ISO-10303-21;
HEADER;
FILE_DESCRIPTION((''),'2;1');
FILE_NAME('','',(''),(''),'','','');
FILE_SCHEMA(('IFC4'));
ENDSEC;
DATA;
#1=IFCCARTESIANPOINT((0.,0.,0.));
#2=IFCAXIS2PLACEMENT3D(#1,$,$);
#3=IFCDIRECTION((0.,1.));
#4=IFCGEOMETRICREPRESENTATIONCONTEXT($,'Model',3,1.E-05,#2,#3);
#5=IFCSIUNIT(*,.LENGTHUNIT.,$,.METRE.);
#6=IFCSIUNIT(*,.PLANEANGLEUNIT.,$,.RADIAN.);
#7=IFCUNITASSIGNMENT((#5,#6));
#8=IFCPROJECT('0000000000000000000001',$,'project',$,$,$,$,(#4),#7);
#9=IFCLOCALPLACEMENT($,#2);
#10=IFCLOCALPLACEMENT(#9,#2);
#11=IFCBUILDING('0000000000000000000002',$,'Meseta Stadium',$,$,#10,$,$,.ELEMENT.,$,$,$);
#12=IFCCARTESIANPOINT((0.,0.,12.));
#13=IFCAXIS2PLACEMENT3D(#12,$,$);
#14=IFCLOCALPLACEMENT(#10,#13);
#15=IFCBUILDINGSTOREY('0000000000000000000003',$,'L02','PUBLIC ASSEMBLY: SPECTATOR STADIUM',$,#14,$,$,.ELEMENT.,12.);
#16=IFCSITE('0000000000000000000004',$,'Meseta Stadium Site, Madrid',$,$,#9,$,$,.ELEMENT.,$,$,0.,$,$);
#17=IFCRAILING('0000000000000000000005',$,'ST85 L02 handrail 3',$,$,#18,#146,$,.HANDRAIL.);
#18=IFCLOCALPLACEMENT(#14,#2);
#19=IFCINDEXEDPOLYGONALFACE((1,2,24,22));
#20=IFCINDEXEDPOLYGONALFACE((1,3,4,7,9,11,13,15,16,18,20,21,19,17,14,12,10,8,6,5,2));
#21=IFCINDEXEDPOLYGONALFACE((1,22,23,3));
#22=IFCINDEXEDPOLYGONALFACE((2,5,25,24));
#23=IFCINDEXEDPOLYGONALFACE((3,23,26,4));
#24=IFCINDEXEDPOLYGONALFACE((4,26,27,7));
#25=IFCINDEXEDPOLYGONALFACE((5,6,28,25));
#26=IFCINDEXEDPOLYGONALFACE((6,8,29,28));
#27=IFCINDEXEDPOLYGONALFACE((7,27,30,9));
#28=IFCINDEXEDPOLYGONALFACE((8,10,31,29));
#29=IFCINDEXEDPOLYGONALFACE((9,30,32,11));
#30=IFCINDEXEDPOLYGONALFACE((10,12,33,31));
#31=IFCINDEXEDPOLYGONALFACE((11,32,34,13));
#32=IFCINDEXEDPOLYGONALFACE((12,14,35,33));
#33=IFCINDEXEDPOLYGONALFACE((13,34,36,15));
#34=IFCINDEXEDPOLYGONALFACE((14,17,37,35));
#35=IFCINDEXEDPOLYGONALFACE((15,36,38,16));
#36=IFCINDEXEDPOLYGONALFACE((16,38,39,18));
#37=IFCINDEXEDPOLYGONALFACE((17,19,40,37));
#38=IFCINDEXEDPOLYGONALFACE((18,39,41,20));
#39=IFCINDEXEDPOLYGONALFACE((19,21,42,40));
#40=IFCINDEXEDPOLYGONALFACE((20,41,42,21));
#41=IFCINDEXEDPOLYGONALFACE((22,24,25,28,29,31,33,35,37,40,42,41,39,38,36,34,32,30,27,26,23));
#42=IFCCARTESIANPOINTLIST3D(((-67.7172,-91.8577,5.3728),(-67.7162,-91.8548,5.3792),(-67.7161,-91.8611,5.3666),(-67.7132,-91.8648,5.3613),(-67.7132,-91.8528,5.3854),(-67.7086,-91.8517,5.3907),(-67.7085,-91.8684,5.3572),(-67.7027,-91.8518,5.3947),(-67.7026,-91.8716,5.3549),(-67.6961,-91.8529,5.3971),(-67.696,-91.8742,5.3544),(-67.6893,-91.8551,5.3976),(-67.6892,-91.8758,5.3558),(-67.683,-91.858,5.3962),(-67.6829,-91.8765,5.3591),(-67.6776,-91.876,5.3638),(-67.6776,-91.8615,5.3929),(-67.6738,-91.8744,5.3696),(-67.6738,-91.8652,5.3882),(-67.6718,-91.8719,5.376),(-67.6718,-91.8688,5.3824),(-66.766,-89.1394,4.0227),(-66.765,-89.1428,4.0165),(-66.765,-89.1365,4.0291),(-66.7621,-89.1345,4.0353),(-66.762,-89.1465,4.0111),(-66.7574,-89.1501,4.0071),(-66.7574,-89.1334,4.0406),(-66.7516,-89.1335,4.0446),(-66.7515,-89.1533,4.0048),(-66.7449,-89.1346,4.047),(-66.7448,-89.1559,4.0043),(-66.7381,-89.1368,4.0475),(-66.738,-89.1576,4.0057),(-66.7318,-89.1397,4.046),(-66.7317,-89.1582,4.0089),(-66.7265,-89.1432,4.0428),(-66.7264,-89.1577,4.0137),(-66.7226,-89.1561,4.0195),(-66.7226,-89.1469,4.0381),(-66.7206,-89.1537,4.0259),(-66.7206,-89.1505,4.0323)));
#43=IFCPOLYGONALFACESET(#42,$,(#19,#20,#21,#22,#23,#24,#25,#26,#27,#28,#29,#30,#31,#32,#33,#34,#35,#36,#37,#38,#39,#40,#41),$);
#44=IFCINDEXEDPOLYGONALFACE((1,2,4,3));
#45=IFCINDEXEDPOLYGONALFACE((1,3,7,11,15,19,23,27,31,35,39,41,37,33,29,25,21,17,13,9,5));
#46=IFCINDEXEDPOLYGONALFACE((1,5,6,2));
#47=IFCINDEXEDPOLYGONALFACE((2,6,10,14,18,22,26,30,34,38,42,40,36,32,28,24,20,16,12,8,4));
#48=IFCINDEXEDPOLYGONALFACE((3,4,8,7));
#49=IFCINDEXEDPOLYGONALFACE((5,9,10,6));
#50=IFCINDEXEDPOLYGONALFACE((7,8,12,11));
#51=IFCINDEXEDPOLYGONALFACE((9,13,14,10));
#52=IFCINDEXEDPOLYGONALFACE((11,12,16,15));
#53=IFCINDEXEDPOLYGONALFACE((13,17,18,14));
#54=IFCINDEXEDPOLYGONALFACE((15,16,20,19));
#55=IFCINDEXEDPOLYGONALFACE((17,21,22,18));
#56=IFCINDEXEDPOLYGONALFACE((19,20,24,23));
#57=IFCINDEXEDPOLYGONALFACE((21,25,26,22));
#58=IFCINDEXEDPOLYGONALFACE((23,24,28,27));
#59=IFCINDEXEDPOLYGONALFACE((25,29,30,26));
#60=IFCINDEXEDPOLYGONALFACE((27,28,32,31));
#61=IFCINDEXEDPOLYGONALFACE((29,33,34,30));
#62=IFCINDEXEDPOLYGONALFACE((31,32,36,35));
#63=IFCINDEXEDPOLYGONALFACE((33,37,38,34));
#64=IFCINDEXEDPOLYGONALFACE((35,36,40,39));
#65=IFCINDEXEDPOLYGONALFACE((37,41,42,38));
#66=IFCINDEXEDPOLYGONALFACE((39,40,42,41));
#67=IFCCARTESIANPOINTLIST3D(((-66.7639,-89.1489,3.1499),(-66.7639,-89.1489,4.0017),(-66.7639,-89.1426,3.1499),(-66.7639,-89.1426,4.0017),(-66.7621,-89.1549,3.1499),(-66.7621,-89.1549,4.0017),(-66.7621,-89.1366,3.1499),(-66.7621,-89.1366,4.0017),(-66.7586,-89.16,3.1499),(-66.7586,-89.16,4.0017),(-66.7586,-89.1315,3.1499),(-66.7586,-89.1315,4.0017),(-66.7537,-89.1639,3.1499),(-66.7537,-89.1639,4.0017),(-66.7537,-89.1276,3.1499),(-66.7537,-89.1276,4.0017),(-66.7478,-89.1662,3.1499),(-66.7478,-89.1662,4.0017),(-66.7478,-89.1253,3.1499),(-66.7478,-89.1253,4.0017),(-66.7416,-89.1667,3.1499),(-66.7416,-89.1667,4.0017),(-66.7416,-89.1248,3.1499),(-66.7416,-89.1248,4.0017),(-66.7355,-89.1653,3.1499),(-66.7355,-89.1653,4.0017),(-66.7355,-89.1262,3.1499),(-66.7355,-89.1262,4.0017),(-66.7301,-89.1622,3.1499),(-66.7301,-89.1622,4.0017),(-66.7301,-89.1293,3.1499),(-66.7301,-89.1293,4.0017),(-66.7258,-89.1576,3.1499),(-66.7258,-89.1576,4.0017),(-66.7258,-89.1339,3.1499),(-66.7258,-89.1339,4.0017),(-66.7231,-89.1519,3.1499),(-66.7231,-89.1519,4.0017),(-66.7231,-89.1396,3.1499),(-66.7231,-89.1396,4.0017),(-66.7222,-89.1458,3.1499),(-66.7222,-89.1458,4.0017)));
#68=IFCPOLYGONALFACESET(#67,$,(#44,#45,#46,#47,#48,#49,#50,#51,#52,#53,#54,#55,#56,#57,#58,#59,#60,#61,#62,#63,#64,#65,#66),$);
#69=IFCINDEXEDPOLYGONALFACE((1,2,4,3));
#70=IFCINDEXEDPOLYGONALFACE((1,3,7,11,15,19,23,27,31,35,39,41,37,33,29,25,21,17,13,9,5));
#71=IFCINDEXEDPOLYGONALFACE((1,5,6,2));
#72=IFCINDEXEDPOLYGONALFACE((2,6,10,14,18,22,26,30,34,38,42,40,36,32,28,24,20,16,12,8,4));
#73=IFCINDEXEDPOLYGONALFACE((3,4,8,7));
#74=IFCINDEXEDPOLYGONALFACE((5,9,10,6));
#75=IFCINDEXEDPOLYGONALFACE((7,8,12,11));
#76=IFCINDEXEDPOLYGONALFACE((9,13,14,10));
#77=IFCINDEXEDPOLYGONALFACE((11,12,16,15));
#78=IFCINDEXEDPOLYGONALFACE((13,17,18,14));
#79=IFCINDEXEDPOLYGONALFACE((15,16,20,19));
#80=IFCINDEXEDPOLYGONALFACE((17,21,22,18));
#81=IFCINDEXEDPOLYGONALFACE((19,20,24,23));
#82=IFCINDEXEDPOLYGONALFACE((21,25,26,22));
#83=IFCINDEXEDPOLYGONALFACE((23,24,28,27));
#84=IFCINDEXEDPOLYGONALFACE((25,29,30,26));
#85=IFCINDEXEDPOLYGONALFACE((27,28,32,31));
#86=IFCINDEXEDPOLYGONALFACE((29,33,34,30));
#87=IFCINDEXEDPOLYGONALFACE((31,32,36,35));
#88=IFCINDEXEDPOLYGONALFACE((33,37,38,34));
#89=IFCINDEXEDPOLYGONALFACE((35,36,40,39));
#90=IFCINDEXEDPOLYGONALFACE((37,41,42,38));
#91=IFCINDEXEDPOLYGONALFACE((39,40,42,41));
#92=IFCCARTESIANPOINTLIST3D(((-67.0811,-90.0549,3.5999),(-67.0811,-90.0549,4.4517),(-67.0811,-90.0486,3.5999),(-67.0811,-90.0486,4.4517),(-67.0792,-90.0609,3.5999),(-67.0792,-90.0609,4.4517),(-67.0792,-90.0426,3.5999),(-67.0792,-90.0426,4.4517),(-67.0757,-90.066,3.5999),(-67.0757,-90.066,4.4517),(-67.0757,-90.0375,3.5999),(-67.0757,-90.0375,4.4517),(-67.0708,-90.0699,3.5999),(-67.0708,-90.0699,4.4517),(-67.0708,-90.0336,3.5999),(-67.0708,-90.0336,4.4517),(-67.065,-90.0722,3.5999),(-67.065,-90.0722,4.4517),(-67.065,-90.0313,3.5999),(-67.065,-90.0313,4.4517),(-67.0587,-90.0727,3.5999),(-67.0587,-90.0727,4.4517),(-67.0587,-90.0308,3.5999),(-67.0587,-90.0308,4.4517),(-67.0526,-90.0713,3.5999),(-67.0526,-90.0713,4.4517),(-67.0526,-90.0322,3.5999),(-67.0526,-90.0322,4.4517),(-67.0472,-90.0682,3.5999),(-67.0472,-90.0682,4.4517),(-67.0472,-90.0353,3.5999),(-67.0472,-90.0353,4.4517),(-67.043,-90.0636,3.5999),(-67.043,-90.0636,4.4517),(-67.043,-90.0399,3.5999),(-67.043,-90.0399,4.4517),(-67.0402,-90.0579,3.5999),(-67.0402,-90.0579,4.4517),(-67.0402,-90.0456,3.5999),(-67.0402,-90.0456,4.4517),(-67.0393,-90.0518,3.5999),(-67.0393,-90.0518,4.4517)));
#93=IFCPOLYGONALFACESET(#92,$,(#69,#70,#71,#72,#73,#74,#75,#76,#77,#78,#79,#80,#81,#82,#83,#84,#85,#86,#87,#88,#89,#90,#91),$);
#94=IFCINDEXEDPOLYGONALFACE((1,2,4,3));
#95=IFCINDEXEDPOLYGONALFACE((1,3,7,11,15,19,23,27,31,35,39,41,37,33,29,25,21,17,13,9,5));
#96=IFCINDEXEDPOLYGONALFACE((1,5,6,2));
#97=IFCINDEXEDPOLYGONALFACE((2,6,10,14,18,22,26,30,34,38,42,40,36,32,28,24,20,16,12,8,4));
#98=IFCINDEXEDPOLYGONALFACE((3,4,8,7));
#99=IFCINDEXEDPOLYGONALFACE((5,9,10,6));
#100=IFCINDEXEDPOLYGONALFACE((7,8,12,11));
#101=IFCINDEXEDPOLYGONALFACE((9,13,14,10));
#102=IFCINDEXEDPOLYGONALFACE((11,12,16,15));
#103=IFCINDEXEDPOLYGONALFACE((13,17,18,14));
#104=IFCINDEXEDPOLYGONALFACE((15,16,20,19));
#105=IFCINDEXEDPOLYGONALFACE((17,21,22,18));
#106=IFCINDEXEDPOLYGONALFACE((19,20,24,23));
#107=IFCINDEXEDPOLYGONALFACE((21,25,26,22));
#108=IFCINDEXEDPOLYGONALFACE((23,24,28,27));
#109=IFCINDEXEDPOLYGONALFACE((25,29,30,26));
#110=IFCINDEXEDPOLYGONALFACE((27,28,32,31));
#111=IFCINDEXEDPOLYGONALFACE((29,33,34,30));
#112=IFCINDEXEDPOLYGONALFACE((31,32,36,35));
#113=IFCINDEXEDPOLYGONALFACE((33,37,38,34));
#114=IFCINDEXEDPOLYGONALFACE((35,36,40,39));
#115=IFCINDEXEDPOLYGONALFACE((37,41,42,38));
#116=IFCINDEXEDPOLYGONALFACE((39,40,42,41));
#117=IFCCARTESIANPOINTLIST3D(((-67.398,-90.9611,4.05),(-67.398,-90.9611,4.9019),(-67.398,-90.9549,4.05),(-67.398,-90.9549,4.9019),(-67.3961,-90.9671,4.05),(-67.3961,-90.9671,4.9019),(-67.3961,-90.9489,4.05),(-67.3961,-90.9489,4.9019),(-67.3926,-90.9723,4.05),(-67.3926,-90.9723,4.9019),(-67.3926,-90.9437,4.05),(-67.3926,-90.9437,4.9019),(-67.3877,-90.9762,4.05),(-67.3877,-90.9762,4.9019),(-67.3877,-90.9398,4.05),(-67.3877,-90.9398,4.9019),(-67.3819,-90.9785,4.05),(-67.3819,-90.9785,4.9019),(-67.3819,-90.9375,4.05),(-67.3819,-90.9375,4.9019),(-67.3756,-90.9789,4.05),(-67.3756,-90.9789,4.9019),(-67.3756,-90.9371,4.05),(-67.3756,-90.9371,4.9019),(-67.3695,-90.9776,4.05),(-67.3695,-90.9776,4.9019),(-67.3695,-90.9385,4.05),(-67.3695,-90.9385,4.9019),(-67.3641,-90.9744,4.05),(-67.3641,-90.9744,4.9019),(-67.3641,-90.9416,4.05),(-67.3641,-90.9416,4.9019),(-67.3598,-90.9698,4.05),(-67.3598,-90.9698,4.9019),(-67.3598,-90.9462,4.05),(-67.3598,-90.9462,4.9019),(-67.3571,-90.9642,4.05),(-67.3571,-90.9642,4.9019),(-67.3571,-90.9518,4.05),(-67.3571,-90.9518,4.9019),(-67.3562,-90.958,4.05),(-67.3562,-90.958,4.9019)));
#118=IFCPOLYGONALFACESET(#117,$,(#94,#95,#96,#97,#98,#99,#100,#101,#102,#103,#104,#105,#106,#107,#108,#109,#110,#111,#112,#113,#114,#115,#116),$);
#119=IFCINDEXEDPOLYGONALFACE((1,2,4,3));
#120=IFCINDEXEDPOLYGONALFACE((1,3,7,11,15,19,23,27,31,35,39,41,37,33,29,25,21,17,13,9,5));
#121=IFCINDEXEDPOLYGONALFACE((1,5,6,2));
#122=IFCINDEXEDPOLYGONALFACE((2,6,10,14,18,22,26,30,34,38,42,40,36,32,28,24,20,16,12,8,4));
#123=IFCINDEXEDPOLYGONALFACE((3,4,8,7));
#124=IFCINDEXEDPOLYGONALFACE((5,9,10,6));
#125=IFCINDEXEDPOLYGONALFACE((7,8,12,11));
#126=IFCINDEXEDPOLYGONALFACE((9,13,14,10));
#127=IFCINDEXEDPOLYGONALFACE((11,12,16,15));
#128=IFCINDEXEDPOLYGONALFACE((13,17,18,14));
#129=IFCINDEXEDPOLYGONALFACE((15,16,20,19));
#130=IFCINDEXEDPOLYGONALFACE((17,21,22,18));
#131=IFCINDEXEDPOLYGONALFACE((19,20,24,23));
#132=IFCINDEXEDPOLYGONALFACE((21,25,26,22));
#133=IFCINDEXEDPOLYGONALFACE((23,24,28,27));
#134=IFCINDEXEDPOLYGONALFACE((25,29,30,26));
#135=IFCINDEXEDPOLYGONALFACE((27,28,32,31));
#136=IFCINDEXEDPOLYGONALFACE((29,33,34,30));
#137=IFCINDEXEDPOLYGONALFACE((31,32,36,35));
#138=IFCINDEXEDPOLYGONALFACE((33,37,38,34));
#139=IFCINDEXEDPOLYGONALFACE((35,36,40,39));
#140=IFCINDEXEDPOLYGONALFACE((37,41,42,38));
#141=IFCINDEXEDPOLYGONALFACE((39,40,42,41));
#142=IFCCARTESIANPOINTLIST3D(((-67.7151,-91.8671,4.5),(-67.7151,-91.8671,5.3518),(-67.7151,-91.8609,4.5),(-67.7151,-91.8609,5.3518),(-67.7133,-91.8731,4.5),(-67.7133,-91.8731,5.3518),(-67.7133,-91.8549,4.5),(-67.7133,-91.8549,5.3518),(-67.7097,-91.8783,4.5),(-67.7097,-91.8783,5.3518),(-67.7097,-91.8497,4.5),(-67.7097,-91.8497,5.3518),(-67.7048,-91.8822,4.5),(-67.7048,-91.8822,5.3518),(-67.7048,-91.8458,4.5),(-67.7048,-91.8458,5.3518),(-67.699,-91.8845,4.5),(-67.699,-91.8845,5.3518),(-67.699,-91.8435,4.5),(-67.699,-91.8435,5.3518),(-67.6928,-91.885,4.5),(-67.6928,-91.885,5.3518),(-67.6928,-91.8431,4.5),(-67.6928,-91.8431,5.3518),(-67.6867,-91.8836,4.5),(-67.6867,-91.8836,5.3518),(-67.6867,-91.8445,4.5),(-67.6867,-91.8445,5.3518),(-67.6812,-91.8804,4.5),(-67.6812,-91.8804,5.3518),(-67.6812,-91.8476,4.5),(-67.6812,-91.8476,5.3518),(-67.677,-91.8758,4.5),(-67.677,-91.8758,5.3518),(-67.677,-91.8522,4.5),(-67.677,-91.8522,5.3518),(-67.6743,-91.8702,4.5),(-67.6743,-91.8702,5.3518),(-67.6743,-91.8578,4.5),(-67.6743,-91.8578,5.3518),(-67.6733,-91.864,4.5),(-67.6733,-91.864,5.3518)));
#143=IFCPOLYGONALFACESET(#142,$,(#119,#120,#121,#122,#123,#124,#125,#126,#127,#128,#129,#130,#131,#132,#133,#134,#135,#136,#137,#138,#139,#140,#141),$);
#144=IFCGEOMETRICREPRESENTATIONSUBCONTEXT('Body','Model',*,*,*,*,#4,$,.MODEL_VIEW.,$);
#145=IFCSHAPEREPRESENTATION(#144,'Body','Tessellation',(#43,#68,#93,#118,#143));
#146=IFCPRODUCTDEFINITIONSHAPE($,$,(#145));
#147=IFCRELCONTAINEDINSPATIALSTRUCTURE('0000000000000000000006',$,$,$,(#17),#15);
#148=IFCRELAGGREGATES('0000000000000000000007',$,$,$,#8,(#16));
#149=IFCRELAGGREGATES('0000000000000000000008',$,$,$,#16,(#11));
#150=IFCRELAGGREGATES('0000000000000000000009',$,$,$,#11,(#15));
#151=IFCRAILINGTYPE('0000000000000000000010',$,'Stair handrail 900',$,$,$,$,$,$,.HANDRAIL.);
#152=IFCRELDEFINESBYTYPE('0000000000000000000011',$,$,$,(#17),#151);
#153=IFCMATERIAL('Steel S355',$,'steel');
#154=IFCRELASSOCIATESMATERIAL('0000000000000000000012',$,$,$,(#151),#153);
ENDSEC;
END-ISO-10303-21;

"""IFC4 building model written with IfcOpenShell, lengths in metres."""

from ifc_helpers import new_model, si_unit, direction, frame, origin, origin_2d, place, context, subcontext, project, spatial, circle, extrude, material, type_object, element, save


model = new_model("IFC4")

# Units and contexts
model_context = context("Model", 3, precision=1e-05, world=origin(), true_north=direction((0.0, 1.0)))
body_context = subcontext(model_context, "Body", "Model", "MODEL_VIEW")
ifc_project = project(units=[si_unit("LENGTHUNIT", "METRE"), si_unit("PLANEANGLEUNIT", "RADIAN")], contexts=[model_context])

# Site, building, storey
site_placement = place(None, origin())
site = spatial("IfcSite", under=ifc_project, at=site_placement, Name="Meseta Stadium Site, Madrid", CompositionType="ELEMENT", RefElevation=0.0)
building_placement = place(site_placement, origin())
building = spatial("IfcBuilding", under=site, at=building_placement, Name="Meseta Stadium", CompositionType="ELEMENT")
storey_placement = place(building_placement, frame((0.0, 0.0, 12.0)))
storey = spatial("IfcBuildingStorey", under=building, at=storey_placement, Name="L02", Description="PUBLIC ASSEMBLY: SPECTATOR STADIUM", CompositionType="ELEMENT", Elevation=12.0)

# Railing
ifc_material_1 = material(Name="Steel S355", Category="steel")
railing_type_1 = type_object("IfcRailingType", Name="Stair handrail 900", PredefinedType="HANDRAIL", material=ifc_material_1)
for number, where, name in (
    (1, (-66.7432, -89.1458, 3.1499), "ST85 L02 handrail 3"),
):
    element("IfcRailing", number, at=place(storey_placement, frame(where)), inside=storey, type_object=railing_type_1, Name=name, PredefinedType="HANDRAIL", context=body_context, shape_type="SweptSolid", body=[
        extrude(circle(Radius=0.0239, at=origin_2d()), frame((0.0, 0.0, 0.876), z_axis=(-0.299051, -0.854629, 0.424474), x_axis=(0.943882, -0.330282, 0.0)), (0.0, 0.0, 1.0), 3.1807),
        extrude(circle(Radius=0.021, at=origin_2d()), origin(), (0.0, 0.0, 1.0), 0.8518),
        extrude(circle(Radius=0.021, at=origin_2d()), frame((-0.3171, -0.906, 0.45)), (0.0, 0.0, 1.0), 0.8518),
        extrude(circle(Radius=0.021, at=origin_2d()), frame((-0.634, -1.8123, 0.9001)), (0.0, 0.0, 1.0), 0.8518),
        extrude(circle(Radius=0.021, at=origin_2d()), frame((-0.9512, -2.7183, 1.3501)), (0.0, 0.0, 1.0), 0.8518),
    ])

save(model, "model.ifc")
